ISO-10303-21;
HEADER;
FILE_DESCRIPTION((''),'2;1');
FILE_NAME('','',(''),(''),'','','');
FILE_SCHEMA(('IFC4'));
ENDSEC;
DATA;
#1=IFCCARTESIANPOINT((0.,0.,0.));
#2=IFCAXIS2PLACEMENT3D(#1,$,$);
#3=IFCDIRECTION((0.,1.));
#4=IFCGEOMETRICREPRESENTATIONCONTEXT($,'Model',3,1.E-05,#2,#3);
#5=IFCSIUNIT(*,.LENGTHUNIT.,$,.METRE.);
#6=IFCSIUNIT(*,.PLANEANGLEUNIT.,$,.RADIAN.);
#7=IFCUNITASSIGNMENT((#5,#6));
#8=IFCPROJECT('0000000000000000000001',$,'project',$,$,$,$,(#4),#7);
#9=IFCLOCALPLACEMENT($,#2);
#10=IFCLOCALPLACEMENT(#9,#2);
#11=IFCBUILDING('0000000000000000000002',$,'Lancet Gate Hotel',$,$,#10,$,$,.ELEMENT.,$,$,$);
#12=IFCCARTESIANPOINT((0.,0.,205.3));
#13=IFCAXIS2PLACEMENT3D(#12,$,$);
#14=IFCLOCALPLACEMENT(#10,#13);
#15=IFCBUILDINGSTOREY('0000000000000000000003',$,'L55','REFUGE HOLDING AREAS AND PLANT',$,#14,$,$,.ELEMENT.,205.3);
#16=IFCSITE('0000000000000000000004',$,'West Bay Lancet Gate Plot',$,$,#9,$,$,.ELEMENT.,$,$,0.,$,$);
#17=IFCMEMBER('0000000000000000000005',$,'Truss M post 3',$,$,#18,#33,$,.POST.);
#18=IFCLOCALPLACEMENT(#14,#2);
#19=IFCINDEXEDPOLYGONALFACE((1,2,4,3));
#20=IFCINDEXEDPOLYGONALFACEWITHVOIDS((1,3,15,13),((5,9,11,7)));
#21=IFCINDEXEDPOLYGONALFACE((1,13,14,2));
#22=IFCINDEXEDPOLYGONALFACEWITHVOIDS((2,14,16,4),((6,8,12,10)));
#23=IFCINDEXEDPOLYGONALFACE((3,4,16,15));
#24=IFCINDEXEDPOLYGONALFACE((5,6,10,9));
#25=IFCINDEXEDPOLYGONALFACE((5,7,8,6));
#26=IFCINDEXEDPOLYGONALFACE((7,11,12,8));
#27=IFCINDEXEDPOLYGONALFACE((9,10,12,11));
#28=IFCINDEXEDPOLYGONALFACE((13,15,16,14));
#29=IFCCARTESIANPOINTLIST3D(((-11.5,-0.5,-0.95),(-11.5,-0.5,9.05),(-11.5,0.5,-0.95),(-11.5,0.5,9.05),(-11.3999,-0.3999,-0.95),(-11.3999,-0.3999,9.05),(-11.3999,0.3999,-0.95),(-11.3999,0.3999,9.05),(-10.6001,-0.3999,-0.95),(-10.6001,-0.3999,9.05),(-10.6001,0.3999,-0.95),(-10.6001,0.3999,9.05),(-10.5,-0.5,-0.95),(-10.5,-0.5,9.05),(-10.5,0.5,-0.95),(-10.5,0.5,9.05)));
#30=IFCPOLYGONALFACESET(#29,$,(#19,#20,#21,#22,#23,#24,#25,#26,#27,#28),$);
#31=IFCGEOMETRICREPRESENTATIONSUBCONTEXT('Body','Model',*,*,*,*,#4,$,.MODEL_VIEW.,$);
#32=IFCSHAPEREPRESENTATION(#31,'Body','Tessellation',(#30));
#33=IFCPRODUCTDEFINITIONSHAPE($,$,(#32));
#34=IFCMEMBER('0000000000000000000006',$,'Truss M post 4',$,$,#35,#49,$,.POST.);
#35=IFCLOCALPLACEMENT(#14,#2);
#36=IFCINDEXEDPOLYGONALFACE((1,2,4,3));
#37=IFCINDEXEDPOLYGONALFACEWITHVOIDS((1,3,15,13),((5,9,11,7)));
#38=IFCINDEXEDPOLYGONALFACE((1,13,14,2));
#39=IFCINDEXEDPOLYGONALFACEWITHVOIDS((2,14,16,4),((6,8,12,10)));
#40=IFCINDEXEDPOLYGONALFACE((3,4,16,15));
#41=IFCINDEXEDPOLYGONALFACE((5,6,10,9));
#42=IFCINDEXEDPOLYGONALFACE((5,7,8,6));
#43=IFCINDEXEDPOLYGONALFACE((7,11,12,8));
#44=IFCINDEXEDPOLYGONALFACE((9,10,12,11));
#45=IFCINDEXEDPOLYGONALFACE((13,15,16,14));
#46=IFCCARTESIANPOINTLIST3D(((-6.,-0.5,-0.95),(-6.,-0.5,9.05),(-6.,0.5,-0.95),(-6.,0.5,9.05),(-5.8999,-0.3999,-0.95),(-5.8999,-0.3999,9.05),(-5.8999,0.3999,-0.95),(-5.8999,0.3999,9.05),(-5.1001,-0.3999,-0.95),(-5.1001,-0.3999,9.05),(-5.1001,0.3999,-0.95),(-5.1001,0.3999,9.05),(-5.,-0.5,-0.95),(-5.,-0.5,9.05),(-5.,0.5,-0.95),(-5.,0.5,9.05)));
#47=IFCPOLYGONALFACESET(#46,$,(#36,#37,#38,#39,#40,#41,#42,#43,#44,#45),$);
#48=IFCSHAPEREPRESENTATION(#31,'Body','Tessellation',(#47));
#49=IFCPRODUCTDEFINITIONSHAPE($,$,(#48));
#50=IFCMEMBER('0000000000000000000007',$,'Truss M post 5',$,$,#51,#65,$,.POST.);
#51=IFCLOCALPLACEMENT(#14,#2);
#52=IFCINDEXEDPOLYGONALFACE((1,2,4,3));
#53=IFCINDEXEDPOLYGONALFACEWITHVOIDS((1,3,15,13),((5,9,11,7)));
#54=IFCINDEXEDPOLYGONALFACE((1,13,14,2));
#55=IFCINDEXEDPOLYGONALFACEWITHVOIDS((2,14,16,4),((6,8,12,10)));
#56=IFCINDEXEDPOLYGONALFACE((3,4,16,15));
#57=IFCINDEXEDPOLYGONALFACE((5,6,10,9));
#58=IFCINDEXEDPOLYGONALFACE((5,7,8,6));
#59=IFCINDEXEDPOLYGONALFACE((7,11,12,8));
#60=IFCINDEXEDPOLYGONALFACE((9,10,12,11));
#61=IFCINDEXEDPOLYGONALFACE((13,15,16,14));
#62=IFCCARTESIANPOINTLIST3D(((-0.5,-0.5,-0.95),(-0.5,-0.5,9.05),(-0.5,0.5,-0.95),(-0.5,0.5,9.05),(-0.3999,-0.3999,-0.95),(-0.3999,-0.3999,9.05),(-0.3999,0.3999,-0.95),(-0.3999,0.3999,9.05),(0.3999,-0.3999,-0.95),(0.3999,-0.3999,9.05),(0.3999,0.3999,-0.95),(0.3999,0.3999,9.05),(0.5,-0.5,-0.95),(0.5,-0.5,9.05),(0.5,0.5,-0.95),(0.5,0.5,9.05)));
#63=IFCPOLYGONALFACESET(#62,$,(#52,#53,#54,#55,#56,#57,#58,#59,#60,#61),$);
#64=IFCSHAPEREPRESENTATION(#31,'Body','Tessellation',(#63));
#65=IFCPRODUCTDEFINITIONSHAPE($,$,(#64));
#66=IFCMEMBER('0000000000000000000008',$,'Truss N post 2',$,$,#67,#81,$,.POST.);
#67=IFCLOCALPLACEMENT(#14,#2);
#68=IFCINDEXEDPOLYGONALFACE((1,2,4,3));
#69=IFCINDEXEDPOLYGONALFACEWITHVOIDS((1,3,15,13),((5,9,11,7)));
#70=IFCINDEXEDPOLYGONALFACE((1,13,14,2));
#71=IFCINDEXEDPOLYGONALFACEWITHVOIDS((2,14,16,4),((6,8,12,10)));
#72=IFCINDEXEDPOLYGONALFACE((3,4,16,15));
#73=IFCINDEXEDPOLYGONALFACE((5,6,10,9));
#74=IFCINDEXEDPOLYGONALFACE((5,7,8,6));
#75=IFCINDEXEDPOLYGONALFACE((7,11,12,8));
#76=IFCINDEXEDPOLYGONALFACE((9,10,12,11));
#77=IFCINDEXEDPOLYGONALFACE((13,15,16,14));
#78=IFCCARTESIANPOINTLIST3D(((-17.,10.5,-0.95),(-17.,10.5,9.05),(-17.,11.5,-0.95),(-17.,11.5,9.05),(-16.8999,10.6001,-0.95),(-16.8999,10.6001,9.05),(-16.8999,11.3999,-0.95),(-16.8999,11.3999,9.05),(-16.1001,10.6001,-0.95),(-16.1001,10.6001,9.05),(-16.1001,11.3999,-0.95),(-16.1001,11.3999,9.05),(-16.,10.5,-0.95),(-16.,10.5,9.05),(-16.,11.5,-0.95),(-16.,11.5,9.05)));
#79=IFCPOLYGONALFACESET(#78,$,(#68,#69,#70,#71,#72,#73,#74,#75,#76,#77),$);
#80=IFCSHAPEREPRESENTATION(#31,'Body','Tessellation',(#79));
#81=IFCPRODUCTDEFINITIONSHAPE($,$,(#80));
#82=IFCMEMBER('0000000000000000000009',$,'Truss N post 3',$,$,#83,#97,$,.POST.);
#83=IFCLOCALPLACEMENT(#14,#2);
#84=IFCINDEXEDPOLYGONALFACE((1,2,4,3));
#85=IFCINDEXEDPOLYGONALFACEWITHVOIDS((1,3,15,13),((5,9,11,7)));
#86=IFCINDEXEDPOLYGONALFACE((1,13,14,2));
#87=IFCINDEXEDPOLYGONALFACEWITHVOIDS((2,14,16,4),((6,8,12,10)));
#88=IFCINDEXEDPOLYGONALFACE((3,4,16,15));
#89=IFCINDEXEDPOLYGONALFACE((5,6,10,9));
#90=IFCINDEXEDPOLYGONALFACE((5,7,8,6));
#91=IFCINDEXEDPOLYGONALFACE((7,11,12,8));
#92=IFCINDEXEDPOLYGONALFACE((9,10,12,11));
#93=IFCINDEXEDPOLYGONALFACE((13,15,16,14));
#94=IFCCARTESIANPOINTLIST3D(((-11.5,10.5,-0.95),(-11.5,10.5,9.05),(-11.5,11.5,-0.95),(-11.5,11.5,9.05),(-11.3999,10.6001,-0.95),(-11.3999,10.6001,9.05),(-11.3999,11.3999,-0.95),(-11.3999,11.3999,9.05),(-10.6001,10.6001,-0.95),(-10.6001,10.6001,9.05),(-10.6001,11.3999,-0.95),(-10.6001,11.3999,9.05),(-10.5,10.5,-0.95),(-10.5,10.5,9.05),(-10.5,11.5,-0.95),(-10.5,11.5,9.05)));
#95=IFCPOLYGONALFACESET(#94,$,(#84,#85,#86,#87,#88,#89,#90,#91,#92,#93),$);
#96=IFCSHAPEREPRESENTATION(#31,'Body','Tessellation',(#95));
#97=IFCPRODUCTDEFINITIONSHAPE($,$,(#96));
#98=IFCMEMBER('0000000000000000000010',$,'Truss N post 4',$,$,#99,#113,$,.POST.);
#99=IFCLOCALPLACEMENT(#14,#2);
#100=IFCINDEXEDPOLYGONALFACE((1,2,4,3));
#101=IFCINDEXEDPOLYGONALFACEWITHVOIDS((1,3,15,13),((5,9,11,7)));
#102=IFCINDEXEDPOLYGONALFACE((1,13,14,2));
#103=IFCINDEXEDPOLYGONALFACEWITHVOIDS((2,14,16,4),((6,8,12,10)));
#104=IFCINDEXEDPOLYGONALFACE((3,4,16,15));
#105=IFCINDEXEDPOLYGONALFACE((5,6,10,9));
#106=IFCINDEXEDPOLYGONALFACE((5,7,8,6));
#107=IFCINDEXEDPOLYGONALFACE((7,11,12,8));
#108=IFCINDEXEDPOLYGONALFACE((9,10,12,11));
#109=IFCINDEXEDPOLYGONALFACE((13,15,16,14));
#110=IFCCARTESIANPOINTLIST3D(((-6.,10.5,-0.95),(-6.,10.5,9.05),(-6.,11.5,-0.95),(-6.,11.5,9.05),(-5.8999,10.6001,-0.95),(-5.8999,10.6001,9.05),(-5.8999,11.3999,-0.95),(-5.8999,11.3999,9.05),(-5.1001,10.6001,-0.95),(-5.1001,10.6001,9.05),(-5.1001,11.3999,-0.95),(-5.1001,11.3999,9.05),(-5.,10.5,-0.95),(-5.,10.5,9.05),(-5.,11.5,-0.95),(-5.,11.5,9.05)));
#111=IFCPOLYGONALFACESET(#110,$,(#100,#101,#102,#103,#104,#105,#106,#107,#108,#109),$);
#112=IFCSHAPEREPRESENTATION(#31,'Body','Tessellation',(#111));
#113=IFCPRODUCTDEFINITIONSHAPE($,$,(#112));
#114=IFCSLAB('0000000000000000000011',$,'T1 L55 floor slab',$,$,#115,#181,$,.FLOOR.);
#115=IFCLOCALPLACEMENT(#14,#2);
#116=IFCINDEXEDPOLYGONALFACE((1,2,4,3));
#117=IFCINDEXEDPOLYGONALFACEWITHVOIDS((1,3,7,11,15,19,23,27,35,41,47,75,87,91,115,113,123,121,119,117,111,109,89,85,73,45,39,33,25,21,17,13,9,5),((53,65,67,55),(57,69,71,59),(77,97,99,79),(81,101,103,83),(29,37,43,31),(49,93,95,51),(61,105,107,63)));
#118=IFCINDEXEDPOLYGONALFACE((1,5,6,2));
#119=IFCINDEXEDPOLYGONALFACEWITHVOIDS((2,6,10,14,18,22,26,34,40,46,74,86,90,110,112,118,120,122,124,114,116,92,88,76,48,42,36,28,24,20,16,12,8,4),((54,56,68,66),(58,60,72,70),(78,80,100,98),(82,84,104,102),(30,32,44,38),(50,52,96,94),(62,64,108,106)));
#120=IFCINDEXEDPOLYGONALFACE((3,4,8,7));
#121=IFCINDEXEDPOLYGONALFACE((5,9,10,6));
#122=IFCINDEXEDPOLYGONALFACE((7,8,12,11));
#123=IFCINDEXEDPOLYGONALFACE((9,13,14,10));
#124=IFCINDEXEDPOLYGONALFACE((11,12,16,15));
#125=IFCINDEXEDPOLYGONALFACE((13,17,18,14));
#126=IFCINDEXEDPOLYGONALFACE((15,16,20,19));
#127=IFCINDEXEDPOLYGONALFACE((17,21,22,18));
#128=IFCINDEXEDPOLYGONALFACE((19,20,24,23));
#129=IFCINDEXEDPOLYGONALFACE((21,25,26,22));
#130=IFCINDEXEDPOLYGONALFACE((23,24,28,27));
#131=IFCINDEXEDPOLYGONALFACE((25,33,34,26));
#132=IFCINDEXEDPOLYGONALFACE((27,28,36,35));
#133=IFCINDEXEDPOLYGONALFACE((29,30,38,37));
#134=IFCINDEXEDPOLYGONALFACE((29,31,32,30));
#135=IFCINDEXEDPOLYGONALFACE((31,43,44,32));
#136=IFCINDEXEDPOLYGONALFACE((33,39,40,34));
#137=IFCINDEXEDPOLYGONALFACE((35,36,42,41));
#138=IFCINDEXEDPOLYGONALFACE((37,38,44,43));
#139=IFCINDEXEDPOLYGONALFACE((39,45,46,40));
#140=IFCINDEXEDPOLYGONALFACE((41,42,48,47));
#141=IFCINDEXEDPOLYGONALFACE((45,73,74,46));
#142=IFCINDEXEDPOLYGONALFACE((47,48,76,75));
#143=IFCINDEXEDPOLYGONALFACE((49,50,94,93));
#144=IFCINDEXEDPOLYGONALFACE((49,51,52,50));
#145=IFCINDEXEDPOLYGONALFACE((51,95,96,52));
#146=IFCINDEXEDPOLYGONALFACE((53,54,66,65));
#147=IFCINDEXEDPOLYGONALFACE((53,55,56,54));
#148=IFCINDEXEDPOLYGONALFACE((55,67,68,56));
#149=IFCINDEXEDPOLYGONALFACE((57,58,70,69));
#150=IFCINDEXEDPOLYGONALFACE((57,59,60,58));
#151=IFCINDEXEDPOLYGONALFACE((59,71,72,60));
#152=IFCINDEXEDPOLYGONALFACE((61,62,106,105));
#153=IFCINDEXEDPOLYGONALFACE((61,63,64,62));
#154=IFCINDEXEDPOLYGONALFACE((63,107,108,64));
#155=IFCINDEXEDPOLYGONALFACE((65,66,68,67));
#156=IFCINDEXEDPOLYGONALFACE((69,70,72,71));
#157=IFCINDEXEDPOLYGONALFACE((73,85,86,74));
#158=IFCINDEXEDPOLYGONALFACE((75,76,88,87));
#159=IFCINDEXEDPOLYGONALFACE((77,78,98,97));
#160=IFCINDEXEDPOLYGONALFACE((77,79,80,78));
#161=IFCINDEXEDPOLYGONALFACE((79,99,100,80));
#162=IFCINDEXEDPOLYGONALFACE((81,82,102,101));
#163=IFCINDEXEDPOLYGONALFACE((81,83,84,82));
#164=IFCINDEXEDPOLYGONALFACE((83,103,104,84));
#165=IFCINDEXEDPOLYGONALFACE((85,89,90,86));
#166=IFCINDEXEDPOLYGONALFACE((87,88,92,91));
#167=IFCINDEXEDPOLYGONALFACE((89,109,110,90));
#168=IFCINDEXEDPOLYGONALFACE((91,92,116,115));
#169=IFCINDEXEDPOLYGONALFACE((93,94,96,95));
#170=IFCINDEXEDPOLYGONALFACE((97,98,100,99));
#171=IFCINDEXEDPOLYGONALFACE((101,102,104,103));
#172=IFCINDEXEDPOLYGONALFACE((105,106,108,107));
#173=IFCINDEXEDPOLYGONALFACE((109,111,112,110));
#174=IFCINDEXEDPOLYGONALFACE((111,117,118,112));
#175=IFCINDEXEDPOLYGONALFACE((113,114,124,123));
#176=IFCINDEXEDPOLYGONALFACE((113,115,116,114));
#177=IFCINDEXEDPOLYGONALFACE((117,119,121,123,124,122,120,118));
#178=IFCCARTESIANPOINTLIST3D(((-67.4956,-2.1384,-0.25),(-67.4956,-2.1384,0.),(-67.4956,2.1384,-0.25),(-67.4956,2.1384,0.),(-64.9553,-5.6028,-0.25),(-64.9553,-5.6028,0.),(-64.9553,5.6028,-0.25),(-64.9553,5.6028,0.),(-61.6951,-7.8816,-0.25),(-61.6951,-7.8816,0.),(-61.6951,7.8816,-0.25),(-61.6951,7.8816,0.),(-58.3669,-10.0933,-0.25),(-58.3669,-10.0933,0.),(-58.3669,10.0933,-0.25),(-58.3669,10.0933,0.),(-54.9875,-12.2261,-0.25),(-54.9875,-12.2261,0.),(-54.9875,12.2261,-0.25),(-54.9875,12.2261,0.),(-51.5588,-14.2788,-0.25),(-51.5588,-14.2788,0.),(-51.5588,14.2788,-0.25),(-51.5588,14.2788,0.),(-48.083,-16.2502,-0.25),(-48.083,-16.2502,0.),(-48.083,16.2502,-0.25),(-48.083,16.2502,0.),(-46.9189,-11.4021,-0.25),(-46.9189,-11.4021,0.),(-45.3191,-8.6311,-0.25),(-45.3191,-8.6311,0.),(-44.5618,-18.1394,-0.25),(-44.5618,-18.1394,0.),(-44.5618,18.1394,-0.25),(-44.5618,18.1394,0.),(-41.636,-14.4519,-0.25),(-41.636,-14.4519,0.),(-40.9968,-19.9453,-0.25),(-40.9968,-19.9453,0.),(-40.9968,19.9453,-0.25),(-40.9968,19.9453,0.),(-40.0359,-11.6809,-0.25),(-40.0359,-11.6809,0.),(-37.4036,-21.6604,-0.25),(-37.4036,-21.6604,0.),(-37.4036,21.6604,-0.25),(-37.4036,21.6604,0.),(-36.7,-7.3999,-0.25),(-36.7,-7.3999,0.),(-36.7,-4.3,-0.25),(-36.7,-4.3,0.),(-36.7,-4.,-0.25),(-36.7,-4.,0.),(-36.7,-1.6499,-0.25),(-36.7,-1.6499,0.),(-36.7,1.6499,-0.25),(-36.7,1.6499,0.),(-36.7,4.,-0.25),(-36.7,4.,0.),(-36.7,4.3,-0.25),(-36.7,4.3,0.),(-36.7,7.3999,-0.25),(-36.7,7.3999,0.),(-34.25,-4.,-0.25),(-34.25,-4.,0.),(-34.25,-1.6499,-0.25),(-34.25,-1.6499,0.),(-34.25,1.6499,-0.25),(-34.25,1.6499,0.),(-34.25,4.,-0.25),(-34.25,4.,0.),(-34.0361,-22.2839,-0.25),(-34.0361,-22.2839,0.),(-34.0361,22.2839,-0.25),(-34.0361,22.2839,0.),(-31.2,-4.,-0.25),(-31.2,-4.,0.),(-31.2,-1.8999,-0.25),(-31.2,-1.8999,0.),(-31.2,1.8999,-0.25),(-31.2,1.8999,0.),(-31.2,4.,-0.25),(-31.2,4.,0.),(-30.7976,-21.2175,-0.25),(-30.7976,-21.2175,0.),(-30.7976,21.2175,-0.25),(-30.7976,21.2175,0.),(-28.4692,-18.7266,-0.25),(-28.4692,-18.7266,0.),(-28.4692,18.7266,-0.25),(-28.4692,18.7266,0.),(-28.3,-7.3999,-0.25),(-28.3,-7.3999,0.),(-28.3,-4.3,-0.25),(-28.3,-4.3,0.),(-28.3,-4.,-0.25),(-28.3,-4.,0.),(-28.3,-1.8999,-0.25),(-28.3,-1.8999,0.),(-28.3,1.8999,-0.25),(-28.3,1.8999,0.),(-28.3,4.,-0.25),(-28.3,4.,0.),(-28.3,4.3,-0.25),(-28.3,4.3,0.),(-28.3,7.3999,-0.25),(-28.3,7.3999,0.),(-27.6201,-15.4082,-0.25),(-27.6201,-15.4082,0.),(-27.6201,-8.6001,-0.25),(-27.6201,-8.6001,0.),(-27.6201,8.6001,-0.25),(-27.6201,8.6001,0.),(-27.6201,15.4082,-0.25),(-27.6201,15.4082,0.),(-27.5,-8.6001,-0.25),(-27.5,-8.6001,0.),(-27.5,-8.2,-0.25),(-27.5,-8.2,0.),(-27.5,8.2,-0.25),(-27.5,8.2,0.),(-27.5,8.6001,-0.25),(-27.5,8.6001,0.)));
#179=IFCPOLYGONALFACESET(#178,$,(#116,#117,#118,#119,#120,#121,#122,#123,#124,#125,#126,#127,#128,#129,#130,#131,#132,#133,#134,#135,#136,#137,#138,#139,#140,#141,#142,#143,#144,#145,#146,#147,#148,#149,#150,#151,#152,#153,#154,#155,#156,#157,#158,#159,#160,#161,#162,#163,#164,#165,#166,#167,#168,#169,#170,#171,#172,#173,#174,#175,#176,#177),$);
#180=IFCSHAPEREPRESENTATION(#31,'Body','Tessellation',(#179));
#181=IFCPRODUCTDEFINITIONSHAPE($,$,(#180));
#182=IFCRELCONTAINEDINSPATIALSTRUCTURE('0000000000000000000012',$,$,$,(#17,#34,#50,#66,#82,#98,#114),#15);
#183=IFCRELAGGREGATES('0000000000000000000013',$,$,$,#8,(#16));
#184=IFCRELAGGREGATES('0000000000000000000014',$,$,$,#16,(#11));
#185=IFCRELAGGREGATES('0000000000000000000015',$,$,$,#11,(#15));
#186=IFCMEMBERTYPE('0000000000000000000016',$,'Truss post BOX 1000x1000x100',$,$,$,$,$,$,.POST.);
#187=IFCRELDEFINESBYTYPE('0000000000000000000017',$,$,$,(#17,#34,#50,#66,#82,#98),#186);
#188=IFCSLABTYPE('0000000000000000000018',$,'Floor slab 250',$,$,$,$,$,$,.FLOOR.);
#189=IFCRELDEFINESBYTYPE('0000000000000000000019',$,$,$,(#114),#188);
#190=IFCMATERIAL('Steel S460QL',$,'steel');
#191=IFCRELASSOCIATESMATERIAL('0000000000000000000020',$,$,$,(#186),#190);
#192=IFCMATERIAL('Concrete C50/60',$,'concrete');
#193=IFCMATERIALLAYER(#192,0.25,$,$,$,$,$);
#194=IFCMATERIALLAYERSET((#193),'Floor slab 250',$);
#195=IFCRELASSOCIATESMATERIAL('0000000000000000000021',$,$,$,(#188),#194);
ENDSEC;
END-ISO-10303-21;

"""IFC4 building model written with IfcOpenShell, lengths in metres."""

from ifc_helpers import new_model, si_unit, direction, frame, origin, origin_2d, place, context, subcontext, project, spatial, polyline, hollow_rectangle, outline, extrude, material, layer, layer_set, material_profile, profile_set, type_object, element, save


model = new_model("IFC4")

# Units and contexts
model_context = context("Model", 3, precision=1e-05, world=origin(), true_north=direction((0.0, 1.0)))
body_context = subcontext(model_context, "Body", "Model", "MODEL_VIEW")
ifc_project = project(units=[si_unit("LENGTHUNIT", "METRE"), si_unit("PLANEANGLEUNIT", "RADIAN")], contexts=[model_context])

# Site, building, storey
site_placement = place(None, origin())
site = spatial("IfcSite", under=ifc_project, at=site_placement, Name="West Bay Lancet Gate Plot", CompositionType="ELEMENT", RefElevation=0.0)
building_placement = place(site_placement, origin())
building = spatial("IfcBuilding", under=site, at=building_placement, Name="Lancet Gate Hotel", CompositionType="ELEMENT")
storey_placement = place(building_placement, frame((0.0, 0.0, 205.3)))
storey = spatial("IfcBuildingStorey", under=building, at=storey_placement, Name="L55", Description="REFUGE HOLDING AREAS AND PLANT", CompositionType="ELEMENT", Elevation=205.3)

# Members
ifc_material_1 = material(Name="Steel S460QL", Category="steel")
ifc_material_profile_1 = material_profile(ifc_material_1, hollow_rectangle(XDim=1.0, YDim=1.0, WallThickness=0.1001, at=origin_2d()), Name="BOX 1000x1000x100")
ifc_profile_set_1 = profile_set([ifc_material_profile_1], Name="Steel S460QL")
member_type_1 = type_object("IfcMemberType", Name="Truss post BOX 1000x1000x100", PredefinedType="POST", material=ifc_profile_set_1)
for number, where, z_axis, x_axis, name in (
    (1, (-11.0, 0.0, -0.95), (0.0, 0.0, 1.0), (1.0, 0.0, 0.0), "Truss M post 3"),
    (2, (-5.5, 0.0, -0.95), (0.0, 0.0, 1.0), (1.0, 0.0, 0.0), "Truss M post 4"),
    (3, (0.0, 0.0, -0.95), (0.0, 0.0, 1.0), (1.0, 0.0, 0.0), "Truss M post 5"),
    (4, (-16.5, 11.0, -0.95), (0.0, 0.0, 1.0), (1.0, 0.0, 0.0), "Truss N post 2"),
    (5, (-11.0, 11.0, -0.95), (0.0, 0.0, 1.0), (1.0, 0.0, 0.0), "Truss N post 3"),
    (6, (-5.5, 11.0, -0.95), (0.0, 0.0, 1.0), (1.0, 0.0, 0.0), "Truss N post 4"),
):
    element("IfcMember", number, at=place(storey_placement, frame(where, z_axis=z_axis, x_axis=x_axis)), inside=storey, type_object=member_type_1, Name=name, PredefinedType="POST", context=body_context, shape_type="SweptSolid", body=[
        extrude(hollow_rectangle(XDim=1.0, YDim=1.0, WallThickness=0.1001, at=origin_2d()), origin(), (0.0, 0.0, 1.0), 10.0),
    ])

# Slab
ifc_material_2 = material(Name="Concrete C50/60", Category="concrete")
ifc_layer_1 = layer(ifc_material_2, 0.25)
ifc_layer_set_1 = layer_set([ifc_layer_1], Name="Floor slab 250")
slab_type = type_object("IfcSlabType", Name="Floor slab 250", PredefinedType="FLOOR", material=ifc_layer_set_1)
slab_1_placement = place(storey_placement, frame((0.0, 0.0, -0.25)))
element("IfcSlab", 7, at=slab_1_placement, inside=storey, type_object=slab_type, Name="T1 L55 floor slab", PredefinedType="FLOOR", context=body_context, shape_type="SweptSolid", body=[
    extrude(outline(polyline([(-27.5, 8.6001), (-27.6201, 8.6001), (-27.6201, 15.4082), (-28.4692, 18.7266), (-30.7976, 21.2175), (-34.0361, 22.2839), (-37.4036, 21.6604), (-40.9968, 19.9453), (-44.5618, 18.1394), (-48.083, 16.2502), (-51.5588, 14.2788), (-54.9875, 12.2261), (-58.3669, 10.0933), (-61.6951, 7.8816), (-64.9553, 5.6028), (-67.4956, 2.1384), (-67.4956, -2.1384), (-64.9553, -5.6028), (-61.6951, -7.8816), (-58.3669, -10.0933), (-54.9875, -12.2261), (-51.5588, -14.2788), (-48.083, -16.2502), (-44.5618, -18.1394), (-40.9968, -19.9453), (-37.4036, -21.6604), (-34.0361, -22.2839), (-30.7976, -21.2175), (-28.4692, -18.7266), (-27.6201, -15.4082), (-27.6201, -8.6001), (-27.5, -8.6001), (-27.5, -8.2), (-27.5, 8.2), (-27.5, 8.6001)]), holes=[polyline([(-36.7, 7.3999), (-36.7, 4.3), (-28.3, 4.3), (-28.3, 7.3999), (-36.7, 7.3999)]), polyline([(-28.3, 4.0), (-31.2, 4.0), (-31.2, 1.8999), (-28.3, 1.8999), (-28.3, 4.0)]), polyline([(-34.25, 4.0), (-36.7, 4.0), (-36.7, 1.6499), (-34.25, 1.6499), (-34.25, 4.0)]), polyline([(-36.7, -1.6499), (-36.7, -4.0), (-34.25, -4.0), (-34.25, -1.6499), (-36.7, -1.6499)]), polyline([(-28.3, -1.8999), (-31.2, -1.8999), (-31.2, -4.0), (-28.3, -4.0), (-28.3, -1.8999)]), polyline([(-28.3, -4.3), (-36.7, -4.3), (-36.7, -7.3999), (-28.3, -7.3999), (-28.3, -4.3)]), polyline([(-45.3191, -8.6311), (-46.9189, -11.4021), (-41.636, -14.4519), (-40.0359, -11.6809), (-45.3191, -8.6311)])]), origin(), (0.0, 0.0, 1.0), 0.25),
])

save(model, "model.ifc")
